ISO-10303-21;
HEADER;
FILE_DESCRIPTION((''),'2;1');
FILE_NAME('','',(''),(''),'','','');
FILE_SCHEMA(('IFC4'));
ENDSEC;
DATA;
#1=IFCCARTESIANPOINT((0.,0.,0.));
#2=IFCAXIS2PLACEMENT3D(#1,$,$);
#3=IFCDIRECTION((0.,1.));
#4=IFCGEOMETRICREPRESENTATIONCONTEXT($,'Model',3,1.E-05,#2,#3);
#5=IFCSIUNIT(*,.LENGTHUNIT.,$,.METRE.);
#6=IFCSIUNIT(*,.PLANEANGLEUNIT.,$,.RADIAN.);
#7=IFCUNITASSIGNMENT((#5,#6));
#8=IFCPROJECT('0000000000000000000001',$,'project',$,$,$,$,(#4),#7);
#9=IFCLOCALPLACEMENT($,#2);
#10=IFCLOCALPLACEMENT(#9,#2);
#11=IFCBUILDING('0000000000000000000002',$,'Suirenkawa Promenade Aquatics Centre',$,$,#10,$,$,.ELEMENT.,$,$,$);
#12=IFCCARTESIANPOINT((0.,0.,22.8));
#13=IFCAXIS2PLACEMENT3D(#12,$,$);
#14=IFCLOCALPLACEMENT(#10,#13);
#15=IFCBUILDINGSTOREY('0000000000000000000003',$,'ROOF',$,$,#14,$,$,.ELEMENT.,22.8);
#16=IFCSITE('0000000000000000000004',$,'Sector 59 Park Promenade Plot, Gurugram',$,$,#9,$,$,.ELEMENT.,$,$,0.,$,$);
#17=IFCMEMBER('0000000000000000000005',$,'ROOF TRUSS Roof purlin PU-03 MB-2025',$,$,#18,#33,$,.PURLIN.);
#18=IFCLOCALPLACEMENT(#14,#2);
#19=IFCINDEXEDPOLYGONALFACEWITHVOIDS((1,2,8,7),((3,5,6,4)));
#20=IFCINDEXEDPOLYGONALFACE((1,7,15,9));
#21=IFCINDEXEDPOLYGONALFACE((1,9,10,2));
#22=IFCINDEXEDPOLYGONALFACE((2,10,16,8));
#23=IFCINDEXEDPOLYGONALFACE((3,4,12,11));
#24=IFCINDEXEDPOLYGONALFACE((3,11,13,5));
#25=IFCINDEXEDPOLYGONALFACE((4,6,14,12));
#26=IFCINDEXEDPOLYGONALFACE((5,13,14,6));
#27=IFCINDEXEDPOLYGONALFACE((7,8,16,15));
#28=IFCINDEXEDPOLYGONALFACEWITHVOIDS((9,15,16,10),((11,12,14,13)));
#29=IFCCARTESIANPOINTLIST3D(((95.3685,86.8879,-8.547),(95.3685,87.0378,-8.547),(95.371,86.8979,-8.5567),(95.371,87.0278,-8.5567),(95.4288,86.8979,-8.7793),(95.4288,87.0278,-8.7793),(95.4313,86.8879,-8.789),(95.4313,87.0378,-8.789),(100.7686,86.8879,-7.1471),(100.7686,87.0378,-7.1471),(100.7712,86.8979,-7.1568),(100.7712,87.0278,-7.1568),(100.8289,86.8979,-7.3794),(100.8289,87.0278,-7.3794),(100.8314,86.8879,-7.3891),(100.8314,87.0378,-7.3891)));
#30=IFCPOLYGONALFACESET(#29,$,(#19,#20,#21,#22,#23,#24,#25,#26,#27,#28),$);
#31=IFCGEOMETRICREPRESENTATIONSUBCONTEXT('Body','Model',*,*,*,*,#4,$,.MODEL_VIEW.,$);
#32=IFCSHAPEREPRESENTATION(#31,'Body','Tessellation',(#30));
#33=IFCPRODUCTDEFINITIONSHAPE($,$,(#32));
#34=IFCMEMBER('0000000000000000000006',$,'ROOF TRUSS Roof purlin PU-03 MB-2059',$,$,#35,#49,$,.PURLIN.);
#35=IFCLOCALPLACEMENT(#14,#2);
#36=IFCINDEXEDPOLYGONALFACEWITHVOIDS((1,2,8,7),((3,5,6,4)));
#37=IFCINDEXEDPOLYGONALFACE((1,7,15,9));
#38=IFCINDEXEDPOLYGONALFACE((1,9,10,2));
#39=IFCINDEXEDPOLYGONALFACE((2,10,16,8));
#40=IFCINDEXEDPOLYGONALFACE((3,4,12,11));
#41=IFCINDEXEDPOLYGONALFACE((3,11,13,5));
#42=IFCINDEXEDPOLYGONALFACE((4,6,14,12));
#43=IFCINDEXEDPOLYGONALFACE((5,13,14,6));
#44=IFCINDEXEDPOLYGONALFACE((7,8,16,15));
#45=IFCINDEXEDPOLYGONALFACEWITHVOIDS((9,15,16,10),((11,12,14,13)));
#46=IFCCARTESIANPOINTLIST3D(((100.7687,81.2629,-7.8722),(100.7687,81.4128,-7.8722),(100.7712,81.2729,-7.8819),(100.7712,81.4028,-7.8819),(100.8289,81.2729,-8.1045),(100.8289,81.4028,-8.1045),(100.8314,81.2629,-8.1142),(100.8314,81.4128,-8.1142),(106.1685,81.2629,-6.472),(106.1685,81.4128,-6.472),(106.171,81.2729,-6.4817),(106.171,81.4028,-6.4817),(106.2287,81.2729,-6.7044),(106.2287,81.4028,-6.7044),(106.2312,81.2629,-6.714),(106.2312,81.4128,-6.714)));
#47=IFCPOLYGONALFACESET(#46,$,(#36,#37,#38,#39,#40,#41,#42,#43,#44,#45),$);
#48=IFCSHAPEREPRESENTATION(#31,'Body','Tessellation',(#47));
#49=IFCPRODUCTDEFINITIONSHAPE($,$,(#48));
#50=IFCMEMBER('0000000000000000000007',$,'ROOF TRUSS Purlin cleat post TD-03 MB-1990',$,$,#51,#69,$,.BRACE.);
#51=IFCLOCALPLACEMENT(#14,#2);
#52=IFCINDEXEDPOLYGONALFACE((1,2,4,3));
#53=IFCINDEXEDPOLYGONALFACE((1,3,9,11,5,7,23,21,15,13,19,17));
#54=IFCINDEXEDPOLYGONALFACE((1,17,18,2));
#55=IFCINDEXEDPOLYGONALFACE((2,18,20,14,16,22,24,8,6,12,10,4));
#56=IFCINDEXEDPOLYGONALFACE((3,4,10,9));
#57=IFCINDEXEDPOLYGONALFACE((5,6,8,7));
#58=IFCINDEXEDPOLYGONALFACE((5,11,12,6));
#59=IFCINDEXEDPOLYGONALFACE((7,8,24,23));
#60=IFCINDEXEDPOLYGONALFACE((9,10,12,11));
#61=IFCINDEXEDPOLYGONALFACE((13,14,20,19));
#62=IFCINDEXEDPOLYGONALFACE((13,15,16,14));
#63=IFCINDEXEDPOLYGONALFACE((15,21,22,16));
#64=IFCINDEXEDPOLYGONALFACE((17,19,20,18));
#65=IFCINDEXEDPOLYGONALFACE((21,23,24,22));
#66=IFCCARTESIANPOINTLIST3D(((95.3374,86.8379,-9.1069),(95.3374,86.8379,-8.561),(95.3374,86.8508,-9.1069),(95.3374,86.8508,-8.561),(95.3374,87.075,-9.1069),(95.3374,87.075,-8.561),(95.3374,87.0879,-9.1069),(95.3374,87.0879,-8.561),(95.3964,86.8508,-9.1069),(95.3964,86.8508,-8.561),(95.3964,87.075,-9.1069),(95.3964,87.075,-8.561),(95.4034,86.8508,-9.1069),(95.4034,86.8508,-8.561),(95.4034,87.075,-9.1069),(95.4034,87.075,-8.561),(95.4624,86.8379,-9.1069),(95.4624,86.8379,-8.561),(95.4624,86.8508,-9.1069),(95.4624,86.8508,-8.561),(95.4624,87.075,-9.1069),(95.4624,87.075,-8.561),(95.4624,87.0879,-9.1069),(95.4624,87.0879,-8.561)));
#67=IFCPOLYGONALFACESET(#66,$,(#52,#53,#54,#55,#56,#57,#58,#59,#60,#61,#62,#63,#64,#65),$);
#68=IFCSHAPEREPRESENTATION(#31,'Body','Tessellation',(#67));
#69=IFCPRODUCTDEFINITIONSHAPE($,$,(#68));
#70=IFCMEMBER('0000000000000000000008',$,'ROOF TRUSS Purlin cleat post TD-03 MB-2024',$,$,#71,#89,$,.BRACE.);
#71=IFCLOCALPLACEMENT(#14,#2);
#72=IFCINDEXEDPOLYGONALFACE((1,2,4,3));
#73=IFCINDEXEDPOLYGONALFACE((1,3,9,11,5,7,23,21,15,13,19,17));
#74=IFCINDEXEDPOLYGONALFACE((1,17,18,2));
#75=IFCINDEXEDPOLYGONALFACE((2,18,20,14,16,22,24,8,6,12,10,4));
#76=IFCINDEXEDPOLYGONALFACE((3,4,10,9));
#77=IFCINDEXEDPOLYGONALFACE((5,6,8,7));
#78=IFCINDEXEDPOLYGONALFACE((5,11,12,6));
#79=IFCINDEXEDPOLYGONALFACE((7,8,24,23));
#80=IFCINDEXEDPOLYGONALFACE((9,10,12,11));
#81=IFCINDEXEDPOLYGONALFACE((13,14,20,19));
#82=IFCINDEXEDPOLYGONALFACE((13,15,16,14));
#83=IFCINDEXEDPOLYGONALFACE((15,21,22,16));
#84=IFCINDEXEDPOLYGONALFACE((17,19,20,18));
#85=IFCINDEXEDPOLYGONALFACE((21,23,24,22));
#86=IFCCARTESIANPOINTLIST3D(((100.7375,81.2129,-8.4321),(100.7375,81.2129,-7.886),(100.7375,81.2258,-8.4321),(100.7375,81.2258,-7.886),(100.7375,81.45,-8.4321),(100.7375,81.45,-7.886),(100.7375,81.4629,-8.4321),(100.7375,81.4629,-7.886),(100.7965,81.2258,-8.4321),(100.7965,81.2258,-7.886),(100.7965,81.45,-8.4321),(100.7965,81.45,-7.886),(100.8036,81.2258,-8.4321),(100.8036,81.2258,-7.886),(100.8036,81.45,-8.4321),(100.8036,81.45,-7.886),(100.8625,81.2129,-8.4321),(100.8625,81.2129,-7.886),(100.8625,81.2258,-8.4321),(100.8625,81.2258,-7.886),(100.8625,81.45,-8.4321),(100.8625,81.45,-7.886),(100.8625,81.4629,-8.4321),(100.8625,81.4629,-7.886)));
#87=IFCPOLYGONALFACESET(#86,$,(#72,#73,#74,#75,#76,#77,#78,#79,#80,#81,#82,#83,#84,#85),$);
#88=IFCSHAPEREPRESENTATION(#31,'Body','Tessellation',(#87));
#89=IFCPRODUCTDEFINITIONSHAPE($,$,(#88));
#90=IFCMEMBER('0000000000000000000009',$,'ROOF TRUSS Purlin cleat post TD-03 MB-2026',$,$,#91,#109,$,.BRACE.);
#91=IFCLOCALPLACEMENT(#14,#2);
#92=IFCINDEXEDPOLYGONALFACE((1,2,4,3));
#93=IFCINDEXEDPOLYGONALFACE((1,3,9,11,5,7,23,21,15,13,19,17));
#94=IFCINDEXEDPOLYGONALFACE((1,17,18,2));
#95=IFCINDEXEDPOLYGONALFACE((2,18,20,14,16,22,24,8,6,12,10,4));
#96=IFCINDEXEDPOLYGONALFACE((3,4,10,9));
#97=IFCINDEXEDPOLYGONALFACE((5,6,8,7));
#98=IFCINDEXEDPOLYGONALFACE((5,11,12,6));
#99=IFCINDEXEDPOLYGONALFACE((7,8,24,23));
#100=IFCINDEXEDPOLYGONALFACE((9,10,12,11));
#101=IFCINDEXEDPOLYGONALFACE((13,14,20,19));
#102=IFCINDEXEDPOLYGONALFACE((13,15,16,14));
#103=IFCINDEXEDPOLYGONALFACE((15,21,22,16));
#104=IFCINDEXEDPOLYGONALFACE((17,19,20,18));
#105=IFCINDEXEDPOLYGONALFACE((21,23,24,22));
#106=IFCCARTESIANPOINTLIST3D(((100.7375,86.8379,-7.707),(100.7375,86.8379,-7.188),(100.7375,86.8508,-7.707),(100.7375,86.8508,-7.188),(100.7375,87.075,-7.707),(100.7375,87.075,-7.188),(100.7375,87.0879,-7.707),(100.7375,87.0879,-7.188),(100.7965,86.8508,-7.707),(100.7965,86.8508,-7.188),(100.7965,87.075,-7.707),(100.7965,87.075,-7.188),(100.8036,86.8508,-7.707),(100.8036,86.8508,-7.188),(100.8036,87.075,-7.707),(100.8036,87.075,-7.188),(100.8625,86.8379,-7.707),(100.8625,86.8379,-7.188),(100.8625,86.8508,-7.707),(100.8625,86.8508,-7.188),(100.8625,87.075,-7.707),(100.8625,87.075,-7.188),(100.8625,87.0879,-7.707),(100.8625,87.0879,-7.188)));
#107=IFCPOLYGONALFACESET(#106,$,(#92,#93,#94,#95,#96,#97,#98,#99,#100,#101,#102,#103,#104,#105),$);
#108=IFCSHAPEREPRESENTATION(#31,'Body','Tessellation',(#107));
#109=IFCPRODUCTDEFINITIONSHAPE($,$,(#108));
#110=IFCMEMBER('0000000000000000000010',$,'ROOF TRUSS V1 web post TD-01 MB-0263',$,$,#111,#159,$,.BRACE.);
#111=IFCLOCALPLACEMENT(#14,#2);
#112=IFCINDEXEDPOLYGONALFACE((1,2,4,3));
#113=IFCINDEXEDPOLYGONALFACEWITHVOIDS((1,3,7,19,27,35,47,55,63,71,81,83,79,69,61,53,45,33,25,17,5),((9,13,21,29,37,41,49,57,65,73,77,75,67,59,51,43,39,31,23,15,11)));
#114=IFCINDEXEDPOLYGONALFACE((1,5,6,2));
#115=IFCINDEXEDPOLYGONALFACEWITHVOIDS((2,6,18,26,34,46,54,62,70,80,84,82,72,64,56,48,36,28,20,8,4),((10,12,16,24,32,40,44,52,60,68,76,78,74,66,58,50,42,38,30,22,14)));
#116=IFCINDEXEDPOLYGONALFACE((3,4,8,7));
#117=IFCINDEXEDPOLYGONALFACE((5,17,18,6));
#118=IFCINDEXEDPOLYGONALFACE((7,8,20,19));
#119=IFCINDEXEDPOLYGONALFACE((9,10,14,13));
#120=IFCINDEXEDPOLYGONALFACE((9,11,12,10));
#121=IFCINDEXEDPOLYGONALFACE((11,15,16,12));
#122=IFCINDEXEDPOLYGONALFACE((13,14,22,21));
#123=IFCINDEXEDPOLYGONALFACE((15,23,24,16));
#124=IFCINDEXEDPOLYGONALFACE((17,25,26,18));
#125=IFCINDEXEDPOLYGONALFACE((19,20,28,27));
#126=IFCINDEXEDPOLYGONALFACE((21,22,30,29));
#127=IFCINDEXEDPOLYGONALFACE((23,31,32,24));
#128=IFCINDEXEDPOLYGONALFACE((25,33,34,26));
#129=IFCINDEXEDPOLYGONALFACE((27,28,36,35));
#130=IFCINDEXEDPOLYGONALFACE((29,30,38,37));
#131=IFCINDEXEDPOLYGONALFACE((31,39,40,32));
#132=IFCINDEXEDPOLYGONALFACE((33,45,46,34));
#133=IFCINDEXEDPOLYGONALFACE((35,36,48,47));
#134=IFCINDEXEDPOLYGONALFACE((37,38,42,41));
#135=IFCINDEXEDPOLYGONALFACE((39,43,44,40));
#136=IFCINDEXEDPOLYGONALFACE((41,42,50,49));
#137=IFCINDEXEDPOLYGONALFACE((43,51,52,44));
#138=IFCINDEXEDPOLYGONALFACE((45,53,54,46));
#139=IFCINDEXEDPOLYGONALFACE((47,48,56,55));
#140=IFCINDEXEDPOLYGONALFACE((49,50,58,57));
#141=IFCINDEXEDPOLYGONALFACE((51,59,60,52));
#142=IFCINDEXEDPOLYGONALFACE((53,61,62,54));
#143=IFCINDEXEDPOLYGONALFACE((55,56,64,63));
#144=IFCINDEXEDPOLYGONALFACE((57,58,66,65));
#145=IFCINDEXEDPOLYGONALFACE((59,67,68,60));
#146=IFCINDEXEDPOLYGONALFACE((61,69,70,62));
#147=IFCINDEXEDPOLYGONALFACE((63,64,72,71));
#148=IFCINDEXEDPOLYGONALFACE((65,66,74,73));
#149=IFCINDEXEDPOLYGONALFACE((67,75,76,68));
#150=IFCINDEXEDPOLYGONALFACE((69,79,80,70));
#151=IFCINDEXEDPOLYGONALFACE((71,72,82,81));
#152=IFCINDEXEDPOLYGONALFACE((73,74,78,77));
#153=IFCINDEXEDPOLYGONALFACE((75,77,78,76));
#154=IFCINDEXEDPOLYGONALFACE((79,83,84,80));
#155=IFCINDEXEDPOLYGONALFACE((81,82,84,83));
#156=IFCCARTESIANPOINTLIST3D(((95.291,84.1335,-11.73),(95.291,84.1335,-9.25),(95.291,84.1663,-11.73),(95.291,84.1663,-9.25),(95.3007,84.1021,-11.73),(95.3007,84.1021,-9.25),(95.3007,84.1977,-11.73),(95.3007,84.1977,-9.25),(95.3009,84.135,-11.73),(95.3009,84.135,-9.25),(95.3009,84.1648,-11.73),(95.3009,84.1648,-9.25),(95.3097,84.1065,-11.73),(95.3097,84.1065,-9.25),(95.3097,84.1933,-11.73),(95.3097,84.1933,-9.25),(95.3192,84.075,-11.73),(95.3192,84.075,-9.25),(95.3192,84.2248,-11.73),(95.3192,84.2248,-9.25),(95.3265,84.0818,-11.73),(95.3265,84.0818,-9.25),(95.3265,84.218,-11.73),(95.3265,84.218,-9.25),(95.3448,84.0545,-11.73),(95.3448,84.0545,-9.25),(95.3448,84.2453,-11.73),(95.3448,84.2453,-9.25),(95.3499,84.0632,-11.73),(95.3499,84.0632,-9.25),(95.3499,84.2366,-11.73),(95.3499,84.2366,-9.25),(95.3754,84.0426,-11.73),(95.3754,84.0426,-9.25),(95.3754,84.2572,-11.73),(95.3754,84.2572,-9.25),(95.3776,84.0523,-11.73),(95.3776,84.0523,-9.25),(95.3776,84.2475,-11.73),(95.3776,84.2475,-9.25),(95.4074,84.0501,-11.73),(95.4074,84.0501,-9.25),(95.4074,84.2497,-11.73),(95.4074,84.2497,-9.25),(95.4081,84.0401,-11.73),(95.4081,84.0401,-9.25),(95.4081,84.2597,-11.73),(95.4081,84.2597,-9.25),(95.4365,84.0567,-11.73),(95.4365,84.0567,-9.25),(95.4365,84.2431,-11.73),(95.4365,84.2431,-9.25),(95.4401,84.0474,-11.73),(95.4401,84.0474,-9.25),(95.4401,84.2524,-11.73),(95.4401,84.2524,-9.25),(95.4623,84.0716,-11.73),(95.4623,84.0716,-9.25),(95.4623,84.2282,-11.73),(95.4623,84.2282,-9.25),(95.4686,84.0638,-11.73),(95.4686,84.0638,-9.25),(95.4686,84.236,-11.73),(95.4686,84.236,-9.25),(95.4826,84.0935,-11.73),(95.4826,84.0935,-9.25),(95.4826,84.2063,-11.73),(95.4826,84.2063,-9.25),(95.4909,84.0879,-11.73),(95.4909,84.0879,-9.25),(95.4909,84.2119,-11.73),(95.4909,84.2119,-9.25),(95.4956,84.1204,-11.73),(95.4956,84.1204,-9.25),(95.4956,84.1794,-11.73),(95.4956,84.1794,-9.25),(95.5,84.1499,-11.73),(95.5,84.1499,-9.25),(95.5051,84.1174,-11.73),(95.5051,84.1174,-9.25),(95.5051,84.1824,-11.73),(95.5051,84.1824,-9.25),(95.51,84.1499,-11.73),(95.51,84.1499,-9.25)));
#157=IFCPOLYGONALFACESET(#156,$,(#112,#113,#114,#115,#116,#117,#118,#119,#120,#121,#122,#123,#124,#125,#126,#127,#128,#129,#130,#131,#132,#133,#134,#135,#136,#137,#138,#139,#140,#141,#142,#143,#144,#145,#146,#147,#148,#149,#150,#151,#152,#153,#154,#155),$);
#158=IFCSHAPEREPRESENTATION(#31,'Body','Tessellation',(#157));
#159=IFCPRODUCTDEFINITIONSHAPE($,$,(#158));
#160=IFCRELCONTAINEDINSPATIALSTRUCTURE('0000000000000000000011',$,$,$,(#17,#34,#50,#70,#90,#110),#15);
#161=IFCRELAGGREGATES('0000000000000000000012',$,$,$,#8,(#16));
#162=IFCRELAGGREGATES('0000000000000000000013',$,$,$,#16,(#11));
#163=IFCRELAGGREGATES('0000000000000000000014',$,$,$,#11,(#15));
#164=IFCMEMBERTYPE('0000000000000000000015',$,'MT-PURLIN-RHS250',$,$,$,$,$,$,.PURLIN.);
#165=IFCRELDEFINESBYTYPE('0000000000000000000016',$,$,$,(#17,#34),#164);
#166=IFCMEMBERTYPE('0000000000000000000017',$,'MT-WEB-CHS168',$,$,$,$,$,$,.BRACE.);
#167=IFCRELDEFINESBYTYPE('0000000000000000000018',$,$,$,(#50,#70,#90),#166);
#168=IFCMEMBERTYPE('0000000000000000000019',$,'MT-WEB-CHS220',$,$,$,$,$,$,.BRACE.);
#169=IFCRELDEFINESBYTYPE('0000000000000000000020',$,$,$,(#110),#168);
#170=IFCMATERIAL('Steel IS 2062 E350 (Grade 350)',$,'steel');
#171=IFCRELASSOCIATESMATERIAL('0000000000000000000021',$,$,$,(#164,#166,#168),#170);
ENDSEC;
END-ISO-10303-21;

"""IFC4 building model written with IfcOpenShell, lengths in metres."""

from ifc_helpers import new_model, si_unit, direction, frame, origin, origin_2d, place, context, subcontext, project, spatial, hollow_rectangle, hollow_circle, i_section, extrude, material, material_profile, profile_set, type_object, element, save


model = new_model("IFC4")

# Units and contexts
model_context = context("Model", 3, precision=1e-05, world=origin(), true_north=direction((0.0, 1.0)))
body_context = subcontext(model_context, "Body", "Model", "MODEL_VIEW")
ifc_project = project(units=[si_unit("LENGTHUNIT", "METRE"), si_unit("PLANEANGLEUNIT", "RADIAN")], contexts=[model_context])

# Site, building, storey
site_placement = place(None, origin())
site = spatial("IfcSite", under=ifc_project, at=site_placement, Name="Sector 59 Park Promenade Plot, Gurugram", CompositionType="ELEMENT", RefElevation=0.0)
building_placement = place(site_placement, origin())
building = spatial("IfcBuilding", under=site, at=building_placement, Name="Suirenkawa Promenade Aquatics Centre", CompositionType="ELEMENT")
storey_placement = place(building_placement, frame((0.0, 0.0, 22.8)))
storey = spatial("IfcBuildingStorey", under=building, at=storey_placement, Name="ROOF", CompositionType="ELEMENT", Elevation=22.8)

# Shared definitions
ifc_material = material(Name="Steel IS 2062 E350 (Grade 350)", Category="steel")

# Members
ifc_material_profile_1 = material_profile(ifc_material, hollow_rectangle(XDim=0.1499, YDim=0.25, WallThickness=0.01, at=origin_2d()), Name="RHS 250x150x10", Category="steel")
ifc_profile_set_1 = profile_set([ifc_material_profile_1], Name="Steel IS 2062 E350 (Grade 350)")
member_type_1 = type_object("IfcMemberType", Name="MT-PURLIN-RHS250", PredefinedType="PURLIN", material=ifc_profile_set_1)
member_1_placement = place(storey_placement, frame((95.3999, 86.9629, -8.668), z_axis=(0.968003, 0.0, 0.250939), x_axis=(0.0, 1.0, 0.0)))
element("IfcMember", 1, at=member_1_placement, inside=storey, type_object=member_type_1, Name="ROOF TRUSS Roof purlin PU-03 MB-2025", PredefinedType="PURLIN", context=body_context, shape_type="SweptSolid", body=[
    extrude(hollow_rectangle(XDim=0.1499, YDim=0.25, WallThickness=0.01, at=origin_2d()), origin(), (0.0, 0.0, 1.0), 5.5786),
])
member_2_placement = place(storey_placement, frame((100.8, 81.3379, -7.9932), z_axis=(0.967989, 0.0, 0.250991), x_axis=(0.0, 1.0, 0.0)))
element("IfcMember", 2, at=member_2_placement, inside=storey, type_object=member_type_1, Name="ROOF TRUSS Roof purlin PU-03 MB-2059", PredefinedType="PURLIN", context=body_context, shape_type="SweptSolid", body=[
    extrude(hollow_rectangle(XDim=0.1499, YDim=0.25, WallThickness=0.01, at=origin_2d()), origin(), (0.0, 0.0, 1.0), 5.5784),
])
ifc_material_profile_2 = material_profile(ifc_material, i_section(OverallWidth=0.125, OverallDepth=0.25, WebThickness=0.0071, FlangeThickness=0.0129, at=origin_2d()), Name="ISMB 250", Category="steel")
ifc_profile_set_2 = profile_set([ifc_material_profile_2], Name="Steel IS 2062 E350 (Grade 350)")
member_type_2 = type_object("IfcMemberType", Name="MT-WEB-CHS168", PredefinedType="BRACE", material=ifc_profile_set_2)
member_3_placement = place(storey_placement, frame((95.3999, 86.9629, -9.1069), z_axis=(0.0, 0.0, 1.0), x_axis=(1.0, 0.0, 0.0)))
element("IfcMember", 3, at=member_3_placement, inside=storey, type_object=member_type_2, Name="ROOF TRUSS Purlin cleat post TD-03 MB-1990", PredefinedType="BRACE", context=body_context, shape_type="SweptSolid", body=[
    extrude(i_section(OverallWidth=0.125, OverallDepth=0.25, WebThickness=0.0071, FlangeThickness=0.0129, at=origin_2d()), origin(), (0.0, 0.0, 1.0), 0.5459),
])
member_4_placement = place(storey_placement, frame((100.8, 81.3379, -8.4321), z_axis=(0.0, 0.0, 1.0), x_axis=(1.0, 0.0, 0.0)))
element("IfcMember", 4, at=member_4_placement, inside=storey, type_object=member_type_2, Name="ROOF TRUSS Purlin cleat post TD-03 MB-2024", PredefinedType="BRACE", context=body_context, shape_type="SweptSolid", body=[
    extrude(i_section(OverallWidth=0.125, OverallDepth=0.25, WebThickness=0.0071, FlangeThickness=0.0129, at=origin_2d()), origin(), (0.0, 0.0, 1.0), 0.5461),
])
member_5_placement = place(storey_placement, frame((100.8, 86.9629, -7.707), z_axis=(0.0, 0.0, 1.0), x_axis=(1.0, 0.0, 0.0)))
element("IfcMember", 5, at=member_5_placement, inside=storey, type_object=member_type_2, Name="ROOF TRUSS Purlin cleat post TD-03 MB-2026", PredefinedType="BRACE", context=body_context, shape_type="SweptSolid", body=[
    extrude(i_section(OverallWidth=0.125, OverallDepth=0.25, WebThickness=0.0071, FlangeThickness=0.0129, at=origin_2d()), origin(), (0.0, 0.0, 1.0), 0.519),
])
ifc_material_profile_3 = material_profile(ifc_material, hollow_circle(Radius=0.1101, WallThickness=0.01, at=origin_2d()), Name="CHS 220x10", Category="steel")
ifc_profile_set_3 = profile_set([ifc_material_profile_3], Name="Steel IS 2062 E350 (Grade 350)")
member_type_3 = type_object("IfcMemberType", Name="MT-WEB-CHS220", PredefinedType="BRACE", material=ifc_profile_set_3)
member_6_placement = place(storey_placement, frame((95.3999, 84.1499, -11.73), z_axis=(0.0, 0.0, 1.0), x_axis=(1.0, 0.0, 0.0)))
element("IfcMember", 6, at=member_6_placement, inside=storey, type_object=member_type_3, Name="ROOF TRUSS V1 web post TD-01 MB-0263", PredefinedType="BRACE", context=body_context, shape_type="SweptSolid", body=[
    extrude(hollow_circle(Radius=0.1101, WallThickness=0.01, at=origin_2d()), origin(), (0.0, 0.0, 1.0), 2.48),
])

save(model, "model.ifc")
